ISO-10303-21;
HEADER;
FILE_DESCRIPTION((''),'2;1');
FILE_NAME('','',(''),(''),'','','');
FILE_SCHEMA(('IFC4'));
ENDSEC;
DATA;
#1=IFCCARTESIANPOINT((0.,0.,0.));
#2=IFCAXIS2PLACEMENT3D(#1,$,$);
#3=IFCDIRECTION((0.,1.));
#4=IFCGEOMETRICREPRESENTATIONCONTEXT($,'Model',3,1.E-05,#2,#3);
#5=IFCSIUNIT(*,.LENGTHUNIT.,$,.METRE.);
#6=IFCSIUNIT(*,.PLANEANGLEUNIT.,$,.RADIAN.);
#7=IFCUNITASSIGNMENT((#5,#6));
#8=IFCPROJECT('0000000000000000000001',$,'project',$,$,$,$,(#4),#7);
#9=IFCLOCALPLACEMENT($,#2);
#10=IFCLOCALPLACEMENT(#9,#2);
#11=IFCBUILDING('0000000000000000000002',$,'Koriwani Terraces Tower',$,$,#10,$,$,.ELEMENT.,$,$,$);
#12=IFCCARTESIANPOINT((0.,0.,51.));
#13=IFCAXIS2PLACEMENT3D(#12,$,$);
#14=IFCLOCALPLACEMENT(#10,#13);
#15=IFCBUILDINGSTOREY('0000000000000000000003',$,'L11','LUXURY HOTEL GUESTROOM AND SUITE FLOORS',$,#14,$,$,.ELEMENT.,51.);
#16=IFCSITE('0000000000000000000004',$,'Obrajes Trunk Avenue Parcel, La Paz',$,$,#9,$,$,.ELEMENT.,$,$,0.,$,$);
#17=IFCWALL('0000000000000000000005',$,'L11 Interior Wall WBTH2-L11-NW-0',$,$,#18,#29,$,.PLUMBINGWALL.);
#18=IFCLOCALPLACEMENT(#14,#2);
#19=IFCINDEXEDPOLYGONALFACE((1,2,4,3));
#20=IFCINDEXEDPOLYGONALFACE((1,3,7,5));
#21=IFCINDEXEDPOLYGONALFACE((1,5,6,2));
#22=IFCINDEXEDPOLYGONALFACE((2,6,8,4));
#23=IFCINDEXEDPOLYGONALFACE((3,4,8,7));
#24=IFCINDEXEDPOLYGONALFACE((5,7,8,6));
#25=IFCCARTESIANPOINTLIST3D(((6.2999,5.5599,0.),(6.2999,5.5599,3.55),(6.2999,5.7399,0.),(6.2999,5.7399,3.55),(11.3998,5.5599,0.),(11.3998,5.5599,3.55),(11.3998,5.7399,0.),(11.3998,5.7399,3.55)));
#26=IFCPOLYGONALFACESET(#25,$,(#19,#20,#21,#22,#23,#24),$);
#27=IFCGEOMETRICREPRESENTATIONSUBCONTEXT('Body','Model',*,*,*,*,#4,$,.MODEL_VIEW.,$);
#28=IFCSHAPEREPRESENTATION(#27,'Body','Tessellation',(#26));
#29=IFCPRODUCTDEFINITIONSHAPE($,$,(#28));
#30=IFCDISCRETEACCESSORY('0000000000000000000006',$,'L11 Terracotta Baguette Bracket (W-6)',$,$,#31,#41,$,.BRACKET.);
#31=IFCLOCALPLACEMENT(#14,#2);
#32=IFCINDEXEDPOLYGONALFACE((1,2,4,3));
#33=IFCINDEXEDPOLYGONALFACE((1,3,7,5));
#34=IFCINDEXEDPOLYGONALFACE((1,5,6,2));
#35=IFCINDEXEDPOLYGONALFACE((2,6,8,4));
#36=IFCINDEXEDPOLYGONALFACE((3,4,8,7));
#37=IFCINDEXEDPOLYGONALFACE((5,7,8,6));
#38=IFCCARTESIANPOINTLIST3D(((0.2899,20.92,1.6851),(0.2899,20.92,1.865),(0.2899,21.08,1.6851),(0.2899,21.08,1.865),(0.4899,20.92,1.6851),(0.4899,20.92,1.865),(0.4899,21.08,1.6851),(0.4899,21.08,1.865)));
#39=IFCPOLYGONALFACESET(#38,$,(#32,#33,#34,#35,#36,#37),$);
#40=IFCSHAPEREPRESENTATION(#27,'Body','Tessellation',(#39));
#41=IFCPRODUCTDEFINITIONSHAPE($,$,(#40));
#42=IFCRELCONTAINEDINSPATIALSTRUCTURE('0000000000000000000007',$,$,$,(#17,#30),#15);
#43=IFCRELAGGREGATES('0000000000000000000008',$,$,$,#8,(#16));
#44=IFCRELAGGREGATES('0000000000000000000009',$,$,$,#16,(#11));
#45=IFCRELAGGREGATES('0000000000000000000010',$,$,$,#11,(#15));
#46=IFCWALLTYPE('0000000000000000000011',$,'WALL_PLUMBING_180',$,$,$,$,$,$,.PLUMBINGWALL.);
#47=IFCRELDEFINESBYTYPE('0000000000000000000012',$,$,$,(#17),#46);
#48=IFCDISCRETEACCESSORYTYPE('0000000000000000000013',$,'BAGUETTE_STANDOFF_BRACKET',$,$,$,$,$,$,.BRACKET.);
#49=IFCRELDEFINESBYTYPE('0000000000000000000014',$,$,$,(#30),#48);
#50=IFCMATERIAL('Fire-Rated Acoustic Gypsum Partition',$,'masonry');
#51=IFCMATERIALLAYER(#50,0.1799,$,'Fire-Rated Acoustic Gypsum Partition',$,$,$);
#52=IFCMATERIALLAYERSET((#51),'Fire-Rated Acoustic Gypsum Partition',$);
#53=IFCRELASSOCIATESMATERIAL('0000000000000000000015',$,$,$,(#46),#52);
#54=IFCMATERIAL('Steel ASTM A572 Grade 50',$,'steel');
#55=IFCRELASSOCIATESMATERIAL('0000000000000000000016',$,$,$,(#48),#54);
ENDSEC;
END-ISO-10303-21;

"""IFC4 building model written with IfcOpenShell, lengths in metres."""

from ifc_helpers import new_model, si_unit, direction, frame, frame_2d, origin, origin_2d, place, context, subcontext, project, spatial, rectangle, extrude, material, layer, layer_set, type_object, element, save


model = new_model("IFC4")

# Units and contexts
model_context = context("Model", 3, precision=1e-05, world=origin(), true_north=direction((0.0, 1.0)))
body_context = subcontext(model_context, "Body", "Model", "MODEL_VIEW")
ifc_project = project(units=[si_unit("LENGTHUNIT", "METRE"), si_unit("PLANEANGLEUNIT", "RADIAN")], contexts=[model_context])

# Site, building, storey
site_placement = place(None, origin())
site = spatial("IfcSite", under=ifc_project, at=site_placement, Name="Obrajes Trunk Avenue Parcel, La Paz", CompositionType="ELEMENT", RefElevation=0.0)
building_placement = place(site_placement, origin())
building = spatial("IfcBuilding", under=site, at=building_placement, Name="Koriwani Terraces Tower", CompositionType="ELEMENT")
storey_placement = place(building_placement, frame((0.0, 0.0, 51.0)))
storey = spatial("IfcBuildingStorey", under=building, at=storey_placement, Name="L11", Description="LUXURY HOTEL GUESTROOM AND SUITE FLOORS", CompositionType="ELEMENT", Elevation=51.0)

# Shared definitions
ifc_material_1 = material(Name="Steel ASTM A572 Grade 50", Category="steel")

# Shared definitions
ifc_material_2 = material(Name="Fire-Rated Acoustic Gypsum Partition", Category="masonry")
ifc_layer_1 = layer(ifc_material_2, 0.1799, Name="Fire-Rated Acoustic Gypsum Partition")
ifc_layer_set_1 = layer_set([ifc_layer_1], Name="Fire-Rated Acoustic Gypsum Partition")
wall_type_1 = type_object("IfcWallType", Name="WALL_PLUMBING_180", PredefinedType="PLUMBINGWALL", material=ifc_layer_set_1)

# Wall
wall_1_placement = place(storey_placement, frame((6.3, 5.6499, 0.0), z_axis=(0.0, 0.0, 1.0), x_axis=(1.0, 0.0, 0.0)))
element("IfcWall", 1, at=wall_1_placement, inside=storey, type_object=wall_type_1, Name="L11 Interior Wall WBTH2-L11-NW-0", PredefinedType="PLUMBINGWALL", context=body_context, shape_type="SweptSolid", body=[
    extrude(rectangle(XDim=5.0999, YDim=0.1799, at=frame_2d((2.5498, 0.0))), origin(), (0.0, 0.0, 1.0), 3.55),
])

# Discrete accessory
discrete_accessory_type = type_object("IfcDiscreteAccessoryType", Name="BAGUETTE_STANDOFF_BRACKET", PredefinedType="BRACKET", material=ifc_material_1)
discrete_accessory_placement = place(storey_placement, frame((0.3899, 21.0, 1.6851), z_axis=(0.0, 0.0, 1.0), x_axis=(0.0, 1.0, 0.0)))
element("IfcDiscreteAccessory", 2, at=discrete_accessory_placement, inside=storey, type_object=discrete_accessory_type, Name="L11 Terracotta Baguette Bracket (W-6)", PredefinedType="BRACKET", context=body_context, shape_type="SweptSolid", body=[
    extrude(rectangle(XDim=0.1599, YDim=0.2, at=origin_2d()), origin(), (0.0, 0.0, 1.0), 0.1799),
])

save(model, "model.ifc")
